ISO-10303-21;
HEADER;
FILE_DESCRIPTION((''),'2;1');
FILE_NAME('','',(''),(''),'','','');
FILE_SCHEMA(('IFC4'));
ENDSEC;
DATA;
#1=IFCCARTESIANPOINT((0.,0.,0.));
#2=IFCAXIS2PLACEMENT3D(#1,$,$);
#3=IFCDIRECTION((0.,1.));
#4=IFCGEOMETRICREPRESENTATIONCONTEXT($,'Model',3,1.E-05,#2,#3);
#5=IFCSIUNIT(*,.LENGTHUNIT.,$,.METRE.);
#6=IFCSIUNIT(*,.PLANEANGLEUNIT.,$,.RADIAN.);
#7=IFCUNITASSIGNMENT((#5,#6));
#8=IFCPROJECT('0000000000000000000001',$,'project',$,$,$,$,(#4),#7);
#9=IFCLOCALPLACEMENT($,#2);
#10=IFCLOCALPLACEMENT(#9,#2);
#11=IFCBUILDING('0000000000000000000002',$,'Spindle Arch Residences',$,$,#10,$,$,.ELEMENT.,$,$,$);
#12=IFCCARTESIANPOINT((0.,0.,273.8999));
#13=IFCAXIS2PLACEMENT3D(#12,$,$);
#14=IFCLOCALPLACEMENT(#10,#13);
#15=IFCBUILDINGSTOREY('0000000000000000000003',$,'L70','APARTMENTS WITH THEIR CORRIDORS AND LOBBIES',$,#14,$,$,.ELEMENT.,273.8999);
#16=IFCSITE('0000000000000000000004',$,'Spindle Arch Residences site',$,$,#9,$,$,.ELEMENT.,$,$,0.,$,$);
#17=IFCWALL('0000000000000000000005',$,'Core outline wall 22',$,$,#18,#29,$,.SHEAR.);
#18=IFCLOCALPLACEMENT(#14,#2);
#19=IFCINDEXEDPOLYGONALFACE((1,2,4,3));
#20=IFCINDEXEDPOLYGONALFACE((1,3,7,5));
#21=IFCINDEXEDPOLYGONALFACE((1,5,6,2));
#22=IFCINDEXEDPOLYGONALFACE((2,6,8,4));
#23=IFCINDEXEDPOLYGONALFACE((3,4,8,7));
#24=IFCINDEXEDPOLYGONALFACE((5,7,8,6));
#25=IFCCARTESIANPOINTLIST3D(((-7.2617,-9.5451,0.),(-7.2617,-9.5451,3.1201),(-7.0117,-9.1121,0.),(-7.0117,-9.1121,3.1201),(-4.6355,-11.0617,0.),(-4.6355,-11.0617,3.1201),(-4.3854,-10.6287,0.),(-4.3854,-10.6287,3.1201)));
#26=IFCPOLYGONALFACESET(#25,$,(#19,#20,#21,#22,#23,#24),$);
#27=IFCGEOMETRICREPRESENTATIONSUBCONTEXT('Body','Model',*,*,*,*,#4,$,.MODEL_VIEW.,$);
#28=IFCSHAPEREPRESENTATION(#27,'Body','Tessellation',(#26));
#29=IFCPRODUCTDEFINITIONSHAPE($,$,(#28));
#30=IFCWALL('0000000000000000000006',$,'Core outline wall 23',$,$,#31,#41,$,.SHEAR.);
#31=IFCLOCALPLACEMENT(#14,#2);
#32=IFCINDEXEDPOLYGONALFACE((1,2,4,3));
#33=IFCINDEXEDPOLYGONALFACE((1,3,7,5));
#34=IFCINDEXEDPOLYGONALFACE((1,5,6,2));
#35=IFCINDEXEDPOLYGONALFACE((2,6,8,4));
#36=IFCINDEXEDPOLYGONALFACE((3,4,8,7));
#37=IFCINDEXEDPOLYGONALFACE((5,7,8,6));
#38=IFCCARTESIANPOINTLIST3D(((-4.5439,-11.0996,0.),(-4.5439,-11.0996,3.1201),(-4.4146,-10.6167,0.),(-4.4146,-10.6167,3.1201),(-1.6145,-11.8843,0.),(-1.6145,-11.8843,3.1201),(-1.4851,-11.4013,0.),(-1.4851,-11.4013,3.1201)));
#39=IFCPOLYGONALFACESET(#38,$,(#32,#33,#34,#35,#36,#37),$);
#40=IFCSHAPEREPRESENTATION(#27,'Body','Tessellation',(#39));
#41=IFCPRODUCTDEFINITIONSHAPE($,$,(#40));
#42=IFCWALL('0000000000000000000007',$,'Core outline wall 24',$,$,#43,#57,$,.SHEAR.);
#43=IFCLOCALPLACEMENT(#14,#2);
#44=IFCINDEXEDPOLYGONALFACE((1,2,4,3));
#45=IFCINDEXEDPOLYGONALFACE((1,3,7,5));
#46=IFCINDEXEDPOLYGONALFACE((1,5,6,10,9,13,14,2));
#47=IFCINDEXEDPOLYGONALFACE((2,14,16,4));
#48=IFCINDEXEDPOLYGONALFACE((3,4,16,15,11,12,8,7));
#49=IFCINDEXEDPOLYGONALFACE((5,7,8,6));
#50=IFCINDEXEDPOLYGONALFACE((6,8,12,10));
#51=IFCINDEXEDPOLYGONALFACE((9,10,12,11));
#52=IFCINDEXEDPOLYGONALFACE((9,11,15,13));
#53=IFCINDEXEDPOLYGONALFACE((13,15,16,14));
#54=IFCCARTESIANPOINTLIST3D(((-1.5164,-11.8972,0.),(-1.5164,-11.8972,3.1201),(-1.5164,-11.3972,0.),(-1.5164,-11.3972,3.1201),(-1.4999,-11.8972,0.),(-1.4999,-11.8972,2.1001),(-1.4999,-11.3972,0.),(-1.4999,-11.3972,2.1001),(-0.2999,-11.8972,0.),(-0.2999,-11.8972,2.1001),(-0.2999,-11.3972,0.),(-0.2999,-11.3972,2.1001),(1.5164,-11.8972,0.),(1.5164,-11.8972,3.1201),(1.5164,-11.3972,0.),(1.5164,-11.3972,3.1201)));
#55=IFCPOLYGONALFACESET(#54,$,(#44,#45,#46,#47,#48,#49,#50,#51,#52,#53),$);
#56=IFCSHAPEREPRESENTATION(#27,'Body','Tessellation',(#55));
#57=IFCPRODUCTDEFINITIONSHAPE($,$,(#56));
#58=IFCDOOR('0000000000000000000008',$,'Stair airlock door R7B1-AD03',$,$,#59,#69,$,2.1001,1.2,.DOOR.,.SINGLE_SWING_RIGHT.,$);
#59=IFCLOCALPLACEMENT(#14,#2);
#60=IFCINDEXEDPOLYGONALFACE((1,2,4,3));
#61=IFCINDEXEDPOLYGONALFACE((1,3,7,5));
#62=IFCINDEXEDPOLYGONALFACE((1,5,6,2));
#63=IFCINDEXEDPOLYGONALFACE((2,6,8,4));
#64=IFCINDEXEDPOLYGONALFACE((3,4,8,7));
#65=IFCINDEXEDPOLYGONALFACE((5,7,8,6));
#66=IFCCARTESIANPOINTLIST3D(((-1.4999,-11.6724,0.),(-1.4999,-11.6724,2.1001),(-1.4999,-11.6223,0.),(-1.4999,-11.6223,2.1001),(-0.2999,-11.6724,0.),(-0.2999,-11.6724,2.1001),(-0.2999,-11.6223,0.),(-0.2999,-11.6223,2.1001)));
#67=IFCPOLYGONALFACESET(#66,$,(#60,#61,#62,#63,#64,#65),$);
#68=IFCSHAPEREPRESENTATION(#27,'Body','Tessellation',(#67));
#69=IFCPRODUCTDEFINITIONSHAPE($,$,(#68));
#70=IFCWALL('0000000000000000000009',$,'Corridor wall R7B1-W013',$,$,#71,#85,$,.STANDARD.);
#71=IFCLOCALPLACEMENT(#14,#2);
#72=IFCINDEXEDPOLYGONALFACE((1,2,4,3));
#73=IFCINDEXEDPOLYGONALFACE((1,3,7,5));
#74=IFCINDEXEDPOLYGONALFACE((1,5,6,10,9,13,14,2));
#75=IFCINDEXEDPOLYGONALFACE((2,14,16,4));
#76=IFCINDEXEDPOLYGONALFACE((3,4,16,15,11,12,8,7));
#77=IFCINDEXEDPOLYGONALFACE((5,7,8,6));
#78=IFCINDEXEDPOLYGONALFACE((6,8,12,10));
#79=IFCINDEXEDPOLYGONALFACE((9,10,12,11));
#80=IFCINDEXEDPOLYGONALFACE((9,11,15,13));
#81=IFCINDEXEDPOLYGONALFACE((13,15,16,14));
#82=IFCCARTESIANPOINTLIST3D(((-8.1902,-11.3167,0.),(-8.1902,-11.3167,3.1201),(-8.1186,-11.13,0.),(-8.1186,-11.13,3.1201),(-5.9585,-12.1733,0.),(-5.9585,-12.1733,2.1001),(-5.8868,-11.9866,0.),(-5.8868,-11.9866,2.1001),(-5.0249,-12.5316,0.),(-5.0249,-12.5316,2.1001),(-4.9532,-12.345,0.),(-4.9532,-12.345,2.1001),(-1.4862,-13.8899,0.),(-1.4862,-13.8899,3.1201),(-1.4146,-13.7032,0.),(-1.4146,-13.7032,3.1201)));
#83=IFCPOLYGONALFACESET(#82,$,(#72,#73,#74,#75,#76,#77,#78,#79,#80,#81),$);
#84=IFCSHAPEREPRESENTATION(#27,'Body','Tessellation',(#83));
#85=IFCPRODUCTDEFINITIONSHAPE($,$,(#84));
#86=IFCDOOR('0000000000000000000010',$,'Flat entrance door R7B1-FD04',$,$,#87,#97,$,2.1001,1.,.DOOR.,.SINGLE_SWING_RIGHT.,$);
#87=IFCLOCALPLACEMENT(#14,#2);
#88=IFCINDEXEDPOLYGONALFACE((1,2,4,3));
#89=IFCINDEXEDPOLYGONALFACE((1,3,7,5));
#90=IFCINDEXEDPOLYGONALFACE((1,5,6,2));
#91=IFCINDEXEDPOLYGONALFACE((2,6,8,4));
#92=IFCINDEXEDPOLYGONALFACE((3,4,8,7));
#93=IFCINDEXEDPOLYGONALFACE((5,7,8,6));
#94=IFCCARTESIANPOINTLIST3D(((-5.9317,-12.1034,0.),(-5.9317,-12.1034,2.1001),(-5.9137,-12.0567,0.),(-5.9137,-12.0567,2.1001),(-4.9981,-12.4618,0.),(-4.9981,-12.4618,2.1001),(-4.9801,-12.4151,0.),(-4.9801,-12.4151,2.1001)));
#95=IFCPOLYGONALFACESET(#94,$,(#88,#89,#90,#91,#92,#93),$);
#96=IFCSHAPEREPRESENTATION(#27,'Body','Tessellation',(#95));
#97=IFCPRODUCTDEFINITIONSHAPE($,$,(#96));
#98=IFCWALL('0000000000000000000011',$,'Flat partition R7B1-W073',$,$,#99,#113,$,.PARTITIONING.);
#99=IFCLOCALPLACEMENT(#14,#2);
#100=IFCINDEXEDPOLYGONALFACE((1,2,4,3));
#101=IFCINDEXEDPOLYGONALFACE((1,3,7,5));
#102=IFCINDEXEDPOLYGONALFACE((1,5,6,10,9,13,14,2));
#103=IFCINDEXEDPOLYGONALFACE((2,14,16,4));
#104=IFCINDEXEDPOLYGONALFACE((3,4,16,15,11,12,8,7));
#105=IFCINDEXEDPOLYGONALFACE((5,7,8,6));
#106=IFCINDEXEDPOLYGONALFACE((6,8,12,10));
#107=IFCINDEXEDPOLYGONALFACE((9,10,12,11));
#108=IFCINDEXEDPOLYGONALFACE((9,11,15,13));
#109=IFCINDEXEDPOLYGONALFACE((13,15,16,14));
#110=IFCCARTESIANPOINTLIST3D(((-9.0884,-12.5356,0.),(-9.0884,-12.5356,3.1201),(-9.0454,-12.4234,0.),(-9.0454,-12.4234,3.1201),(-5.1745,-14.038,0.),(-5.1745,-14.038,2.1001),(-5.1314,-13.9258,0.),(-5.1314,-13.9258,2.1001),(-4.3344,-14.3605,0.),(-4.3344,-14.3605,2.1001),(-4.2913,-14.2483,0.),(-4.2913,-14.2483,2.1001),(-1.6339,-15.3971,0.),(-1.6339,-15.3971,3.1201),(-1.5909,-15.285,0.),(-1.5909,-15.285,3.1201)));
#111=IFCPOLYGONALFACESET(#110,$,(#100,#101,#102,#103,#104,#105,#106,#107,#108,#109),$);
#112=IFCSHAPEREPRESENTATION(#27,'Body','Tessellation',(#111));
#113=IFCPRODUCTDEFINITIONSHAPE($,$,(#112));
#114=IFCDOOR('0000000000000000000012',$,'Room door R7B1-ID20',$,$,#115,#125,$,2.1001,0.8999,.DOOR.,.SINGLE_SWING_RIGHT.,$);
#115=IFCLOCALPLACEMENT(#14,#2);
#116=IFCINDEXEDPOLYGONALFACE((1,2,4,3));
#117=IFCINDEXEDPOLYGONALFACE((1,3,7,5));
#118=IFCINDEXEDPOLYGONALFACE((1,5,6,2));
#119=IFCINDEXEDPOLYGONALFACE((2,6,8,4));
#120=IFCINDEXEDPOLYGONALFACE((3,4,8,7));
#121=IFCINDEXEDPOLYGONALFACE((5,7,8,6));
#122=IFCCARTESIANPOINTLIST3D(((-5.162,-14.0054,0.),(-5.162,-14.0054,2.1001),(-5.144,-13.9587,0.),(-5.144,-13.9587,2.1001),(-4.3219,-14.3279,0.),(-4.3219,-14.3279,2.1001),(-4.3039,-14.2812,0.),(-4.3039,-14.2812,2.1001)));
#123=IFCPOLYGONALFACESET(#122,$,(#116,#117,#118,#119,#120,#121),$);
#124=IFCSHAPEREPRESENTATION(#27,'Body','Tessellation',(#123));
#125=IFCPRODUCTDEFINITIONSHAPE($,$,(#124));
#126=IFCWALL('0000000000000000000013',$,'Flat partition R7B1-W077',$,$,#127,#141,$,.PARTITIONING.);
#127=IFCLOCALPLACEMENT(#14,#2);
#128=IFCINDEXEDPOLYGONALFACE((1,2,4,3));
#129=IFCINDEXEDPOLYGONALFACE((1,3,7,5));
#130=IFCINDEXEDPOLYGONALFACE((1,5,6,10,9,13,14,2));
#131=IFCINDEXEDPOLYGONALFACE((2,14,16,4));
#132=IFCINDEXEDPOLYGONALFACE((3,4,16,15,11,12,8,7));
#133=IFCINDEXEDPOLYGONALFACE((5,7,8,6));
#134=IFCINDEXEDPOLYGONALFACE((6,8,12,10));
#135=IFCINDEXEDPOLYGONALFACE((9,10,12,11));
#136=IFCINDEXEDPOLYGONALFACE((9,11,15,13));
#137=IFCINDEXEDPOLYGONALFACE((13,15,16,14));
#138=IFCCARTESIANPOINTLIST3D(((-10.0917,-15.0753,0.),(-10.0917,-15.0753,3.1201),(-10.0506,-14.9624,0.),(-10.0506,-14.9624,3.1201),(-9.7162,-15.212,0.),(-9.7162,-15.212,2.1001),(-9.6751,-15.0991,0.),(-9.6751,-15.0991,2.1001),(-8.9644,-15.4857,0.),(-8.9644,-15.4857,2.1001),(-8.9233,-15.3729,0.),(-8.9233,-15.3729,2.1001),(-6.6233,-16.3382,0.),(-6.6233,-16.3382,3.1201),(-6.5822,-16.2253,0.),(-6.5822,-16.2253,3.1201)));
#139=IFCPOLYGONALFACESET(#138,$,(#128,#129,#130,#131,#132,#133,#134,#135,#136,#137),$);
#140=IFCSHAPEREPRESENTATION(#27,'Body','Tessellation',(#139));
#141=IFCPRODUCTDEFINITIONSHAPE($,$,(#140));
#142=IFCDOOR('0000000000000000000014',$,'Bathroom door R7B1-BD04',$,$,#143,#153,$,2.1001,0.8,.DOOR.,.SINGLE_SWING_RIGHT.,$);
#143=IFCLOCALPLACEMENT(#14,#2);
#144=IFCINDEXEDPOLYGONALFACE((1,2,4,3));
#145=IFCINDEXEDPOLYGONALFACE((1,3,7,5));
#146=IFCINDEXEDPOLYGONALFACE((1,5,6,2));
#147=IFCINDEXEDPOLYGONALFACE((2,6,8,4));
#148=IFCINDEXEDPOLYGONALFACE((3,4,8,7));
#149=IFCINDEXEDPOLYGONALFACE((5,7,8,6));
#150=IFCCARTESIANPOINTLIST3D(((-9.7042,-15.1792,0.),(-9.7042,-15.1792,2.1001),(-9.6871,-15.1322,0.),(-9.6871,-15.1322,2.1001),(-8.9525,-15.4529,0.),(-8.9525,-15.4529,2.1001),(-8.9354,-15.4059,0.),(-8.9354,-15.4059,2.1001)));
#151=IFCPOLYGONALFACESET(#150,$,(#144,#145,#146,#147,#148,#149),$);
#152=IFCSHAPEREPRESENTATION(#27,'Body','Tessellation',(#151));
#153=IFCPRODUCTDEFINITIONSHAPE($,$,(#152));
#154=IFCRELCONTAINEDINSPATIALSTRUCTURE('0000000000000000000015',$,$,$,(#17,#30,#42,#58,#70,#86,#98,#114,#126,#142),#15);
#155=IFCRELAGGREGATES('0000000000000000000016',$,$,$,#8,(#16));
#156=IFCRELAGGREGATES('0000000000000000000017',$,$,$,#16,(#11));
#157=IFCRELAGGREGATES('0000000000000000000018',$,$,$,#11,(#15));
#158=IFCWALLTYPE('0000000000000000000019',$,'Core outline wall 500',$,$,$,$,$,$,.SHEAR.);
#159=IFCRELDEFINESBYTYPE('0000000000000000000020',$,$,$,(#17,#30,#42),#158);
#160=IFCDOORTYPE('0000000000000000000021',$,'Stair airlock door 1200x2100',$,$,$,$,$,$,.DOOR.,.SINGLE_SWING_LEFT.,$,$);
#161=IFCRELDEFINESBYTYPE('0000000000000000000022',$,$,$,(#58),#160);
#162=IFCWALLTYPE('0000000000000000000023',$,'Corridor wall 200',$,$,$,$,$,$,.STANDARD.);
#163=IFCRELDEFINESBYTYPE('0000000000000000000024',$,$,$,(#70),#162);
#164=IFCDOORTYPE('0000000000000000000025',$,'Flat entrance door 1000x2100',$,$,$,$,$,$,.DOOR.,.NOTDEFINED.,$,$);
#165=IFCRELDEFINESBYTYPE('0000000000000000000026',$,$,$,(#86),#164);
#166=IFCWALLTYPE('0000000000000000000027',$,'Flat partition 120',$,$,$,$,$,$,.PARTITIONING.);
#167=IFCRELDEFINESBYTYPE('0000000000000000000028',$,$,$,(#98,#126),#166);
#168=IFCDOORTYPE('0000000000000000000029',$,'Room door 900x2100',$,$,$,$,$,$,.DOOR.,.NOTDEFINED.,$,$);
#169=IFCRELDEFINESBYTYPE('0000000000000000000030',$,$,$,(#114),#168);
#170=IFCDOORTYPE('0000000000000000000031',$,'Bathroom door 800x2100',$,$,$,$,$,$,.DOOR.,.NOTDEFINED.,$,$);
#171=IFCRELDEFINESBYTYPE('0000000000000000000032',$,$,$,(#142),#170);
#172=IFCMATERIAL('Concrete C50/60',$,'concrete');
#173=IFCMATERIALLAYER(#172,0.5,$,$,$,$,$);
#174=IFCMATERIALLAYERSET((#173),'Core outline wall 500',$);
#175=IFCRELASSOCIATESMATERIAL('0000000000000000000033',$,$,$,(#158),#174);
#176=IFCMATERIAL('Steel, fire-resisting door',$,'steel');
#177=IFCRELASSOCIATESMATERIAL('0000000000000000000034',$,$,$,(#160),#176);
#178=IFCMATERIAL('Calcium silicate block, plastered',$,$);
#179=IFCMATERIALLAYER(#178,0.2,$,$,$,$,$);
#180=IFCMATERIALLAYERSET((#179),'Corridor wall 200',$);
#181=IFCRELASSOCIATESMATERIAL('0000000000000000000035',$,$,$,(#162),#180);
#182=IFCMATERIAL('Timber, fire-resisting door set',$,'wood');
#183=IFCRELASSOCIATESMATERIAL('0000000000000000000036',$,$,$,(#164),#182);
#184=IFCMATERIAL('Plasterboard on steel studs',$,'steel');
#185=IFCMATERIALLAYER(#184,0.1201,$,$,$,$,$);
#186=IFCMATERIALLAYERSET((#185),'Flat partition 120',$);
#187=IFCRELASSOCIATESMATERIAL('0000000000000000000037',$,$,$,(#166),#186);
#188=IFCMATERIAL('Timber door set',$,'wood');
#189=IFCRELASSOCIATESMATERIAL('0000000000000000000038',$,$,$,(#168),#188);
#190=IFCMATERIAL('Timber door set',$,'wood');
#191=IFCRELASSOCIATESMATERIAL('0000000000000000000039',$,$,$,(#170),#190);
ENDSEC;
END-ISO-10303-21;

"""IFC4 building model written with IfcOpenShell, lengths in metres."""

from ifc_helpers import new_model, si_unit, direction, frame, frame_2d, origin, place, context, subcontext, project, spatial, rectangle, extrude, material, layer, layer_set, type_object, element, fill, save


model = new_model("IFC4")

# Units and contexts
model_context = context("Model", 3, precision=1e-05, world=origin(), true_north=direction((0.0, 1.0)))
body_context = subcontext(model_context, "Body", "Model", "MODEL_VIEW")
ifc_project = project(units=[si_unit("LENGTHUNIT", "METRE"), si_unit("PLANEANGLEUNIT", "RADIAN")], contexts=[model_context])

# Site, building, storey
site_placement = place(None, origin())
site = spatial("IfcSite", under=ifc_project, at=site_placement, Name="Spindle Arch Residences site", CompositionType="ELEMENT", RefElevation=0.0)
building_placement = place(site_placement, origin())
building = spatial("IfcBuilding", under=site, at=building_placement, Name="Spindle Arch Residences", CompositionType="ELEMENT")
storey_placement = place(building_placement, frame((0.0, 0.0, 273.8999)))
storey = spatial("IfcBuildingStorey", under=building, at=storey_placement, Name="L70", Description="APARTMENTS WITH THEIR CORRIDORS AND LOBBIES", CompositionType="ELEMENT", Elevation=273.8999)

# Walls
ifc_material_1 = material(Name="Concrete C50/60", Category="concrete")
ifc_layer_1 = layer(ifc_material_1, 0.5)
ifc_layer_set_1 = layer_set([ifc_layer_1], Name="Core outline wall 500")
wall_type_1 = type_object("IfcWallType", Name="Core outline wall 500", PredefinedType="SHEAR", material=ifc_layer_set_1)
for number, where, z_axis, x_axis, name in (
    (1, (-7.1367, -9.3286, 0.0), (0.0, 0.0, 1.0), (0.865975, -0.500087, 0.0), "Core outline wall 22"),
    (2, (-4.4792, -10.8582, 0.0), (0.0, 0.0, 1.0), (0.965948, -0.258735, 0.0), "Core outline wall 23"),
):
    element("IfcWall", number, at=place(storey_placement, frame(where, z_axis=z_axis, x_axis=x_axis)), inside=storey, type_object=wall_type_1, Name=name, PredefinedType="SHEAR", context=body_context, shape_type="SweptSolid", body=[
        extrude(rectangle(XDim=3.0327, YDim=0.5, at=frame_2d((1.5164, 0.0))), origin(), (0.0, 0.0, 1.0), 3.1201),
    ])

# Walls, openings, doors
wall_1_placement = place(storey_placement, frame((-1.5164, -11.6472, 0.0), z_axis=(0.0, 0.0, 1.0), x_axis=(1.0, 0.0, 0.0)))
wall_1 = element("IfcWall", 3, at=wall_1_placement, inside=storey, type_object=wall_type_1, Name="Core outline wall 24", PredefinedType="SHEAR", context=body_context, shape_type="SweptSolid", body=[
    extrude(rectangle(XDim=3.0327, YDim=0.5, at=frame_2d((1.5164, 0.0))), origin(), (0.0, 0.0, 1.0), 3.1201),
])
opening_1_placement = place(wall_1_placement, frame((0.0164, 0.0, 0.0)))
opening_1 = element("IfcOpeningElement", 4, at=opening_1_placement, cuts=wall_1, PredefinedType="OPENING", context=body_context, shape_type="SweptSolid", body=[
    extrude(rectangle(XDim=1.2, YDim=2.1001, at=frame_2d((0.6001, 1.05))), frame((0.0, 0.26, 0.0), z_axis=(0.0, -1.0, 0.0), x_axis=(1.0, 0.0, 0.0)), (0.0, 0.0, 1.0), 0.52),
])
ifc_material_2 = material(Name="Steel, fire-resisting door", Category="steel")
door_type_1 = type_object("IfcDoorType", Name="Stair airlock door 1200x2100", OperationType="SINGLE_SWING_LEFT", PredefinedType="DOOR", material=ifc_material_2)
door_1_placement = place(opening_1_placement, origin())
door_1 = element("IfcDoor", 5, at=door_1_placement, inside=storey, type_object=door_type_1, Name="Stair airlock door R7B1-AD03", OperationType="SINGLE_SWING_RIGHT", OverallHeight=2.1001, OverallWidth=1.2, PredefinedType="DOOR", context=body_context, shape_type="SweptSolid", body=[
    extrude(rectangle(XDim=1.2, YDim=2.1001, at=frame_2d((0.6001, 1.05))), frame((0.0, 0.0249, 0.0), z_axis=(0.0, -1.0, 0.0), x_axis=(1.0, 0.0, 0.0)), (0.0, 0.0, 1.0), 0.05),
])
fill(opening_1, door_1)
ifc_material_3 = material(Name="Calcium silicate block, plastered")
ifc_layer_2 = layer(ifc_material_3, 0.2)
ifc_layer_set_2 = layer_set([ifc_layer_2], Name="Corridor wall 200")
wall_type_2 = type_object("IfcWallType", Name="Corridor wall 200", PredefinedType="STANDARD", material=ifc_layer_set_2)
wall_2_placement = place(storey_placement, frame((-8.1543, -11.2234, 0.0), z_axis=(0.0, 0.0, 1.0), x_axis=(0.933591, -0.358341, 0.0)))
wall_2 = element("IfcWall", 6, at=wall_2_placement, inside=storey, type_object=wall_type_2, Name="Corridor wall R7B1-W013", PredefinedType="STANDARD", context=body_context, shape_type="SweptSolid", body=[
    extrude(rectangle(XDim=7.1809, YDim=0.2, at=frame_2d((3.5903, 0.0))), origin(), (0.0, 0.0, 1.0), 3.1201),
])
opening_2_placement = place(wall_2_placement, frame((2.3904, 0.0, 0.0)))
opening_2 = element("IfcOpeningElement", 7, at=opening_2_placement, cuts=wall_2, PredefinedType="OPENING", context=body_context, shape_type="SweptSolid", body=[
    extrude(rectangle(XDim=1.0, YDim=2.1001, at=frame_2d((0.5, 1.05))), frame((0.0, 0.1099, 0.0), z_axis=(0.0, -1.0, 0.0), x_axis=(1.0, 0.0, 0.0)), (0.0, 0.0, 1.0), 0.22),
])
ifc_material_4 = material(Name="Timber, fire-resisting door set", Category="wood")
door_type_2 = type_object("IfcDoorType", Name="Flat entrance door 1000x2100", OperationType="NOTDEFINED", PredefinedType="DOOR", material=ifc_material_4)
door_2_placement = place(opening_2_placement, origin())
door_2 = element("IfcDoor", 8, at=door_2_placement, inside=storey, type_object=door_type_2, Name="Flat entrance door R7B1-FD04", OperationType="SINGLE_SWING_RIGHT", OverallHeight=2.1001, OverallWidth=1.0, PredefinedType="DOOR", context=body_context, shape_type="SweptSolid", body=[
    extrude(rectangle(XDim=1.0, YDim=2.1001, at=frame_2d((0.5, 1.05))), frame((0.0, 0.0249, 0.0), z_axis=(0.0, -1.0, 0.0), x_axis=(1.0, 0.0, 0.0)), (0.0, 0.0, 1.0), 0.05),
])
fill(opening_2, door_2)
ifc_material_5 = material(Name="Plasterboard on steel studs", Category="steel")
ifc_layer_3 = layer(ifc_material_5, 0.1201)
ifc_layer_set_3 = layer_set([ifc_layer_3], Name="Flat partition 120")
wall_type_3 = type_object("IfcWallType", Name="Flat partition 120", PredefinedType="PARTITIONING", material=ifc_layer_set_3)
wall_3_placement = place(storey_placement, frame((-9.0669, -12.4795, 0.0), z_axis=(0.0, 0.0, 1.0), x_axis=(0.933579, -0.35837, 0.0)))
wall_3 = element("IfcWall", 9, at=wall_3_placement, inside=storey, type_object=wall_type_3, Name="Flat partition R7B1-W073", PredefinedType="PARTITIONING", context=body_context, shape_type="SweptSolid", body=[
    extrude(rectangle(XDim=7.9849, YDim=0.1201, at=frame_2d((3.9924, 0.0))), origin(), (0.0, 0.0, 1.0), 3.1201),
])
opening_3_placement = place(wall_3_placement, frame((4.1924, 0.0, 0.0)))
opening_3 = element("IfcOpeningElement", 10, at=opening_3_placement, cuts=wall_3, PredefinedType="OPENING", context=body_context, shape_type="SweptSolid", body=[
    extrude(rectangle(XDim=0.8999, YDim=2.1001, at=frame_2d((0.45, 1.05))), frame((0.0, 0.0701, 0.0), z_axis=(0.0, -1.0, 0.0), x_axis=(1.0, 0.0, 0.0)), (0.0, 0.0, 1.0), 0.1401),
])
ifc_material_6 = material(Name="Timber door set", Category="wood")
door_type_3 = type_object("IfcDoorType", Name="Room door 900x2100", OperationType="NOTDEFINED", PredefinedType="DOOR", material=ifc_material_6)
door_3_placement = place(opening_3_placement, origin())
door_3 = element("IfcDoor", 11, at=door_3_placement, inside=storey, type_object=door_type_3, Name="Room door R7B1-ID20", OperationType="SINGLE_SWING_RIGHT", OverallHeight=2.1001, OverallWidth=0.8999, PredefinedType="DOOR", context=body_context, shape_type="SweptSolid", body=[
    extrude(rectangle(XDim=0.8999, YDim=2.1001, at=frame_2d((0.45, 1.05))), frame((0.0, 0.0249, 0.0), z_axis=(0.0, -1.0, 0.0), x_axis=(1.0, 0.0, 0.0)), (0.0, 0.0, 1.0), 0.05),
])
fill(opening_3, door_3)
wall_4_placement = place(storey_placement, frame((-10.0713, -15.0188, 0.0), z_axis=(0.0, 0.0, 1.0), x_axis=(0.939649, -0.342141, 0.0)))
wall_4 = element("IfcWall", 12, at=wall_4_placement, inside=storey, type_object=wall_type_3, Name="Flat partition R7B1-W077", PredefinedType="PARTITIONING", context=body_context, shape_type="SweptSolid", body=[
    extrude(rectangle(XDim=3.6912, YDim=0.1201, at=frame_2d((1.8457, 0.0))), origin(), (0.0, 0.0, 1.0), 3.1201),
])
opening_4_placement = place(wall_4_placement, frame((0.3999, 0.0, 0.0)))
opening_4 = element("IfcOpeningElement", 13, at=opening_4_placement, cuts=wall_4, PredefinedType="OPENING", context=body_context, shape_type="SweptSolid", body=[
    extrude(rectangle(XDim=0.8, YDim=2.1001, at=frame_2d((0.3999, 1.05))), frame((0.0, 0.0701, 0.0), z_axis=(0.0, -1.0, 0.0), x_axis=(1.0, 0.0, 0.0)), (0.0, 0.0, 1.0), 0.1401),
])
ifc_material_7 = material(Name="Timber door set", Category="wood")
door_type_4 = type_object("IfcDoorType", Name="Bathroom door 800x2100", OperationType="NOTDEFINED", PredefinedType="DOOR", material=ifc_material_7)
door_4_placement = place(opening_4_placement, origin())
door_4 = element("IfcDoor", 14, at=door_4_placement, inside=storey, type_object=door_type_4, Name="Bathroom door R7B1-BD04", OperationType="SINGLE_SWING_RIGHT", OverallHeight=2.1001, OverallWidth=0.8, PredefinedType="DOOR", context=body_context, shape_type="SweptSolid", body=[
    extrude(rectangle(XDim=0.8, YDim=2.1001, at=frame_2d((0.3999, 1.05))), frame((0.0, 0.0249, 0.0), z_axis=(0.0, -1.0, 0.0), x_axis=(1.0, 0.0, 0.0)), (0.0, 0.0, 1.0), 0.05),
])
fill(opening_4, door_4)

save(model, "model.ifc")
